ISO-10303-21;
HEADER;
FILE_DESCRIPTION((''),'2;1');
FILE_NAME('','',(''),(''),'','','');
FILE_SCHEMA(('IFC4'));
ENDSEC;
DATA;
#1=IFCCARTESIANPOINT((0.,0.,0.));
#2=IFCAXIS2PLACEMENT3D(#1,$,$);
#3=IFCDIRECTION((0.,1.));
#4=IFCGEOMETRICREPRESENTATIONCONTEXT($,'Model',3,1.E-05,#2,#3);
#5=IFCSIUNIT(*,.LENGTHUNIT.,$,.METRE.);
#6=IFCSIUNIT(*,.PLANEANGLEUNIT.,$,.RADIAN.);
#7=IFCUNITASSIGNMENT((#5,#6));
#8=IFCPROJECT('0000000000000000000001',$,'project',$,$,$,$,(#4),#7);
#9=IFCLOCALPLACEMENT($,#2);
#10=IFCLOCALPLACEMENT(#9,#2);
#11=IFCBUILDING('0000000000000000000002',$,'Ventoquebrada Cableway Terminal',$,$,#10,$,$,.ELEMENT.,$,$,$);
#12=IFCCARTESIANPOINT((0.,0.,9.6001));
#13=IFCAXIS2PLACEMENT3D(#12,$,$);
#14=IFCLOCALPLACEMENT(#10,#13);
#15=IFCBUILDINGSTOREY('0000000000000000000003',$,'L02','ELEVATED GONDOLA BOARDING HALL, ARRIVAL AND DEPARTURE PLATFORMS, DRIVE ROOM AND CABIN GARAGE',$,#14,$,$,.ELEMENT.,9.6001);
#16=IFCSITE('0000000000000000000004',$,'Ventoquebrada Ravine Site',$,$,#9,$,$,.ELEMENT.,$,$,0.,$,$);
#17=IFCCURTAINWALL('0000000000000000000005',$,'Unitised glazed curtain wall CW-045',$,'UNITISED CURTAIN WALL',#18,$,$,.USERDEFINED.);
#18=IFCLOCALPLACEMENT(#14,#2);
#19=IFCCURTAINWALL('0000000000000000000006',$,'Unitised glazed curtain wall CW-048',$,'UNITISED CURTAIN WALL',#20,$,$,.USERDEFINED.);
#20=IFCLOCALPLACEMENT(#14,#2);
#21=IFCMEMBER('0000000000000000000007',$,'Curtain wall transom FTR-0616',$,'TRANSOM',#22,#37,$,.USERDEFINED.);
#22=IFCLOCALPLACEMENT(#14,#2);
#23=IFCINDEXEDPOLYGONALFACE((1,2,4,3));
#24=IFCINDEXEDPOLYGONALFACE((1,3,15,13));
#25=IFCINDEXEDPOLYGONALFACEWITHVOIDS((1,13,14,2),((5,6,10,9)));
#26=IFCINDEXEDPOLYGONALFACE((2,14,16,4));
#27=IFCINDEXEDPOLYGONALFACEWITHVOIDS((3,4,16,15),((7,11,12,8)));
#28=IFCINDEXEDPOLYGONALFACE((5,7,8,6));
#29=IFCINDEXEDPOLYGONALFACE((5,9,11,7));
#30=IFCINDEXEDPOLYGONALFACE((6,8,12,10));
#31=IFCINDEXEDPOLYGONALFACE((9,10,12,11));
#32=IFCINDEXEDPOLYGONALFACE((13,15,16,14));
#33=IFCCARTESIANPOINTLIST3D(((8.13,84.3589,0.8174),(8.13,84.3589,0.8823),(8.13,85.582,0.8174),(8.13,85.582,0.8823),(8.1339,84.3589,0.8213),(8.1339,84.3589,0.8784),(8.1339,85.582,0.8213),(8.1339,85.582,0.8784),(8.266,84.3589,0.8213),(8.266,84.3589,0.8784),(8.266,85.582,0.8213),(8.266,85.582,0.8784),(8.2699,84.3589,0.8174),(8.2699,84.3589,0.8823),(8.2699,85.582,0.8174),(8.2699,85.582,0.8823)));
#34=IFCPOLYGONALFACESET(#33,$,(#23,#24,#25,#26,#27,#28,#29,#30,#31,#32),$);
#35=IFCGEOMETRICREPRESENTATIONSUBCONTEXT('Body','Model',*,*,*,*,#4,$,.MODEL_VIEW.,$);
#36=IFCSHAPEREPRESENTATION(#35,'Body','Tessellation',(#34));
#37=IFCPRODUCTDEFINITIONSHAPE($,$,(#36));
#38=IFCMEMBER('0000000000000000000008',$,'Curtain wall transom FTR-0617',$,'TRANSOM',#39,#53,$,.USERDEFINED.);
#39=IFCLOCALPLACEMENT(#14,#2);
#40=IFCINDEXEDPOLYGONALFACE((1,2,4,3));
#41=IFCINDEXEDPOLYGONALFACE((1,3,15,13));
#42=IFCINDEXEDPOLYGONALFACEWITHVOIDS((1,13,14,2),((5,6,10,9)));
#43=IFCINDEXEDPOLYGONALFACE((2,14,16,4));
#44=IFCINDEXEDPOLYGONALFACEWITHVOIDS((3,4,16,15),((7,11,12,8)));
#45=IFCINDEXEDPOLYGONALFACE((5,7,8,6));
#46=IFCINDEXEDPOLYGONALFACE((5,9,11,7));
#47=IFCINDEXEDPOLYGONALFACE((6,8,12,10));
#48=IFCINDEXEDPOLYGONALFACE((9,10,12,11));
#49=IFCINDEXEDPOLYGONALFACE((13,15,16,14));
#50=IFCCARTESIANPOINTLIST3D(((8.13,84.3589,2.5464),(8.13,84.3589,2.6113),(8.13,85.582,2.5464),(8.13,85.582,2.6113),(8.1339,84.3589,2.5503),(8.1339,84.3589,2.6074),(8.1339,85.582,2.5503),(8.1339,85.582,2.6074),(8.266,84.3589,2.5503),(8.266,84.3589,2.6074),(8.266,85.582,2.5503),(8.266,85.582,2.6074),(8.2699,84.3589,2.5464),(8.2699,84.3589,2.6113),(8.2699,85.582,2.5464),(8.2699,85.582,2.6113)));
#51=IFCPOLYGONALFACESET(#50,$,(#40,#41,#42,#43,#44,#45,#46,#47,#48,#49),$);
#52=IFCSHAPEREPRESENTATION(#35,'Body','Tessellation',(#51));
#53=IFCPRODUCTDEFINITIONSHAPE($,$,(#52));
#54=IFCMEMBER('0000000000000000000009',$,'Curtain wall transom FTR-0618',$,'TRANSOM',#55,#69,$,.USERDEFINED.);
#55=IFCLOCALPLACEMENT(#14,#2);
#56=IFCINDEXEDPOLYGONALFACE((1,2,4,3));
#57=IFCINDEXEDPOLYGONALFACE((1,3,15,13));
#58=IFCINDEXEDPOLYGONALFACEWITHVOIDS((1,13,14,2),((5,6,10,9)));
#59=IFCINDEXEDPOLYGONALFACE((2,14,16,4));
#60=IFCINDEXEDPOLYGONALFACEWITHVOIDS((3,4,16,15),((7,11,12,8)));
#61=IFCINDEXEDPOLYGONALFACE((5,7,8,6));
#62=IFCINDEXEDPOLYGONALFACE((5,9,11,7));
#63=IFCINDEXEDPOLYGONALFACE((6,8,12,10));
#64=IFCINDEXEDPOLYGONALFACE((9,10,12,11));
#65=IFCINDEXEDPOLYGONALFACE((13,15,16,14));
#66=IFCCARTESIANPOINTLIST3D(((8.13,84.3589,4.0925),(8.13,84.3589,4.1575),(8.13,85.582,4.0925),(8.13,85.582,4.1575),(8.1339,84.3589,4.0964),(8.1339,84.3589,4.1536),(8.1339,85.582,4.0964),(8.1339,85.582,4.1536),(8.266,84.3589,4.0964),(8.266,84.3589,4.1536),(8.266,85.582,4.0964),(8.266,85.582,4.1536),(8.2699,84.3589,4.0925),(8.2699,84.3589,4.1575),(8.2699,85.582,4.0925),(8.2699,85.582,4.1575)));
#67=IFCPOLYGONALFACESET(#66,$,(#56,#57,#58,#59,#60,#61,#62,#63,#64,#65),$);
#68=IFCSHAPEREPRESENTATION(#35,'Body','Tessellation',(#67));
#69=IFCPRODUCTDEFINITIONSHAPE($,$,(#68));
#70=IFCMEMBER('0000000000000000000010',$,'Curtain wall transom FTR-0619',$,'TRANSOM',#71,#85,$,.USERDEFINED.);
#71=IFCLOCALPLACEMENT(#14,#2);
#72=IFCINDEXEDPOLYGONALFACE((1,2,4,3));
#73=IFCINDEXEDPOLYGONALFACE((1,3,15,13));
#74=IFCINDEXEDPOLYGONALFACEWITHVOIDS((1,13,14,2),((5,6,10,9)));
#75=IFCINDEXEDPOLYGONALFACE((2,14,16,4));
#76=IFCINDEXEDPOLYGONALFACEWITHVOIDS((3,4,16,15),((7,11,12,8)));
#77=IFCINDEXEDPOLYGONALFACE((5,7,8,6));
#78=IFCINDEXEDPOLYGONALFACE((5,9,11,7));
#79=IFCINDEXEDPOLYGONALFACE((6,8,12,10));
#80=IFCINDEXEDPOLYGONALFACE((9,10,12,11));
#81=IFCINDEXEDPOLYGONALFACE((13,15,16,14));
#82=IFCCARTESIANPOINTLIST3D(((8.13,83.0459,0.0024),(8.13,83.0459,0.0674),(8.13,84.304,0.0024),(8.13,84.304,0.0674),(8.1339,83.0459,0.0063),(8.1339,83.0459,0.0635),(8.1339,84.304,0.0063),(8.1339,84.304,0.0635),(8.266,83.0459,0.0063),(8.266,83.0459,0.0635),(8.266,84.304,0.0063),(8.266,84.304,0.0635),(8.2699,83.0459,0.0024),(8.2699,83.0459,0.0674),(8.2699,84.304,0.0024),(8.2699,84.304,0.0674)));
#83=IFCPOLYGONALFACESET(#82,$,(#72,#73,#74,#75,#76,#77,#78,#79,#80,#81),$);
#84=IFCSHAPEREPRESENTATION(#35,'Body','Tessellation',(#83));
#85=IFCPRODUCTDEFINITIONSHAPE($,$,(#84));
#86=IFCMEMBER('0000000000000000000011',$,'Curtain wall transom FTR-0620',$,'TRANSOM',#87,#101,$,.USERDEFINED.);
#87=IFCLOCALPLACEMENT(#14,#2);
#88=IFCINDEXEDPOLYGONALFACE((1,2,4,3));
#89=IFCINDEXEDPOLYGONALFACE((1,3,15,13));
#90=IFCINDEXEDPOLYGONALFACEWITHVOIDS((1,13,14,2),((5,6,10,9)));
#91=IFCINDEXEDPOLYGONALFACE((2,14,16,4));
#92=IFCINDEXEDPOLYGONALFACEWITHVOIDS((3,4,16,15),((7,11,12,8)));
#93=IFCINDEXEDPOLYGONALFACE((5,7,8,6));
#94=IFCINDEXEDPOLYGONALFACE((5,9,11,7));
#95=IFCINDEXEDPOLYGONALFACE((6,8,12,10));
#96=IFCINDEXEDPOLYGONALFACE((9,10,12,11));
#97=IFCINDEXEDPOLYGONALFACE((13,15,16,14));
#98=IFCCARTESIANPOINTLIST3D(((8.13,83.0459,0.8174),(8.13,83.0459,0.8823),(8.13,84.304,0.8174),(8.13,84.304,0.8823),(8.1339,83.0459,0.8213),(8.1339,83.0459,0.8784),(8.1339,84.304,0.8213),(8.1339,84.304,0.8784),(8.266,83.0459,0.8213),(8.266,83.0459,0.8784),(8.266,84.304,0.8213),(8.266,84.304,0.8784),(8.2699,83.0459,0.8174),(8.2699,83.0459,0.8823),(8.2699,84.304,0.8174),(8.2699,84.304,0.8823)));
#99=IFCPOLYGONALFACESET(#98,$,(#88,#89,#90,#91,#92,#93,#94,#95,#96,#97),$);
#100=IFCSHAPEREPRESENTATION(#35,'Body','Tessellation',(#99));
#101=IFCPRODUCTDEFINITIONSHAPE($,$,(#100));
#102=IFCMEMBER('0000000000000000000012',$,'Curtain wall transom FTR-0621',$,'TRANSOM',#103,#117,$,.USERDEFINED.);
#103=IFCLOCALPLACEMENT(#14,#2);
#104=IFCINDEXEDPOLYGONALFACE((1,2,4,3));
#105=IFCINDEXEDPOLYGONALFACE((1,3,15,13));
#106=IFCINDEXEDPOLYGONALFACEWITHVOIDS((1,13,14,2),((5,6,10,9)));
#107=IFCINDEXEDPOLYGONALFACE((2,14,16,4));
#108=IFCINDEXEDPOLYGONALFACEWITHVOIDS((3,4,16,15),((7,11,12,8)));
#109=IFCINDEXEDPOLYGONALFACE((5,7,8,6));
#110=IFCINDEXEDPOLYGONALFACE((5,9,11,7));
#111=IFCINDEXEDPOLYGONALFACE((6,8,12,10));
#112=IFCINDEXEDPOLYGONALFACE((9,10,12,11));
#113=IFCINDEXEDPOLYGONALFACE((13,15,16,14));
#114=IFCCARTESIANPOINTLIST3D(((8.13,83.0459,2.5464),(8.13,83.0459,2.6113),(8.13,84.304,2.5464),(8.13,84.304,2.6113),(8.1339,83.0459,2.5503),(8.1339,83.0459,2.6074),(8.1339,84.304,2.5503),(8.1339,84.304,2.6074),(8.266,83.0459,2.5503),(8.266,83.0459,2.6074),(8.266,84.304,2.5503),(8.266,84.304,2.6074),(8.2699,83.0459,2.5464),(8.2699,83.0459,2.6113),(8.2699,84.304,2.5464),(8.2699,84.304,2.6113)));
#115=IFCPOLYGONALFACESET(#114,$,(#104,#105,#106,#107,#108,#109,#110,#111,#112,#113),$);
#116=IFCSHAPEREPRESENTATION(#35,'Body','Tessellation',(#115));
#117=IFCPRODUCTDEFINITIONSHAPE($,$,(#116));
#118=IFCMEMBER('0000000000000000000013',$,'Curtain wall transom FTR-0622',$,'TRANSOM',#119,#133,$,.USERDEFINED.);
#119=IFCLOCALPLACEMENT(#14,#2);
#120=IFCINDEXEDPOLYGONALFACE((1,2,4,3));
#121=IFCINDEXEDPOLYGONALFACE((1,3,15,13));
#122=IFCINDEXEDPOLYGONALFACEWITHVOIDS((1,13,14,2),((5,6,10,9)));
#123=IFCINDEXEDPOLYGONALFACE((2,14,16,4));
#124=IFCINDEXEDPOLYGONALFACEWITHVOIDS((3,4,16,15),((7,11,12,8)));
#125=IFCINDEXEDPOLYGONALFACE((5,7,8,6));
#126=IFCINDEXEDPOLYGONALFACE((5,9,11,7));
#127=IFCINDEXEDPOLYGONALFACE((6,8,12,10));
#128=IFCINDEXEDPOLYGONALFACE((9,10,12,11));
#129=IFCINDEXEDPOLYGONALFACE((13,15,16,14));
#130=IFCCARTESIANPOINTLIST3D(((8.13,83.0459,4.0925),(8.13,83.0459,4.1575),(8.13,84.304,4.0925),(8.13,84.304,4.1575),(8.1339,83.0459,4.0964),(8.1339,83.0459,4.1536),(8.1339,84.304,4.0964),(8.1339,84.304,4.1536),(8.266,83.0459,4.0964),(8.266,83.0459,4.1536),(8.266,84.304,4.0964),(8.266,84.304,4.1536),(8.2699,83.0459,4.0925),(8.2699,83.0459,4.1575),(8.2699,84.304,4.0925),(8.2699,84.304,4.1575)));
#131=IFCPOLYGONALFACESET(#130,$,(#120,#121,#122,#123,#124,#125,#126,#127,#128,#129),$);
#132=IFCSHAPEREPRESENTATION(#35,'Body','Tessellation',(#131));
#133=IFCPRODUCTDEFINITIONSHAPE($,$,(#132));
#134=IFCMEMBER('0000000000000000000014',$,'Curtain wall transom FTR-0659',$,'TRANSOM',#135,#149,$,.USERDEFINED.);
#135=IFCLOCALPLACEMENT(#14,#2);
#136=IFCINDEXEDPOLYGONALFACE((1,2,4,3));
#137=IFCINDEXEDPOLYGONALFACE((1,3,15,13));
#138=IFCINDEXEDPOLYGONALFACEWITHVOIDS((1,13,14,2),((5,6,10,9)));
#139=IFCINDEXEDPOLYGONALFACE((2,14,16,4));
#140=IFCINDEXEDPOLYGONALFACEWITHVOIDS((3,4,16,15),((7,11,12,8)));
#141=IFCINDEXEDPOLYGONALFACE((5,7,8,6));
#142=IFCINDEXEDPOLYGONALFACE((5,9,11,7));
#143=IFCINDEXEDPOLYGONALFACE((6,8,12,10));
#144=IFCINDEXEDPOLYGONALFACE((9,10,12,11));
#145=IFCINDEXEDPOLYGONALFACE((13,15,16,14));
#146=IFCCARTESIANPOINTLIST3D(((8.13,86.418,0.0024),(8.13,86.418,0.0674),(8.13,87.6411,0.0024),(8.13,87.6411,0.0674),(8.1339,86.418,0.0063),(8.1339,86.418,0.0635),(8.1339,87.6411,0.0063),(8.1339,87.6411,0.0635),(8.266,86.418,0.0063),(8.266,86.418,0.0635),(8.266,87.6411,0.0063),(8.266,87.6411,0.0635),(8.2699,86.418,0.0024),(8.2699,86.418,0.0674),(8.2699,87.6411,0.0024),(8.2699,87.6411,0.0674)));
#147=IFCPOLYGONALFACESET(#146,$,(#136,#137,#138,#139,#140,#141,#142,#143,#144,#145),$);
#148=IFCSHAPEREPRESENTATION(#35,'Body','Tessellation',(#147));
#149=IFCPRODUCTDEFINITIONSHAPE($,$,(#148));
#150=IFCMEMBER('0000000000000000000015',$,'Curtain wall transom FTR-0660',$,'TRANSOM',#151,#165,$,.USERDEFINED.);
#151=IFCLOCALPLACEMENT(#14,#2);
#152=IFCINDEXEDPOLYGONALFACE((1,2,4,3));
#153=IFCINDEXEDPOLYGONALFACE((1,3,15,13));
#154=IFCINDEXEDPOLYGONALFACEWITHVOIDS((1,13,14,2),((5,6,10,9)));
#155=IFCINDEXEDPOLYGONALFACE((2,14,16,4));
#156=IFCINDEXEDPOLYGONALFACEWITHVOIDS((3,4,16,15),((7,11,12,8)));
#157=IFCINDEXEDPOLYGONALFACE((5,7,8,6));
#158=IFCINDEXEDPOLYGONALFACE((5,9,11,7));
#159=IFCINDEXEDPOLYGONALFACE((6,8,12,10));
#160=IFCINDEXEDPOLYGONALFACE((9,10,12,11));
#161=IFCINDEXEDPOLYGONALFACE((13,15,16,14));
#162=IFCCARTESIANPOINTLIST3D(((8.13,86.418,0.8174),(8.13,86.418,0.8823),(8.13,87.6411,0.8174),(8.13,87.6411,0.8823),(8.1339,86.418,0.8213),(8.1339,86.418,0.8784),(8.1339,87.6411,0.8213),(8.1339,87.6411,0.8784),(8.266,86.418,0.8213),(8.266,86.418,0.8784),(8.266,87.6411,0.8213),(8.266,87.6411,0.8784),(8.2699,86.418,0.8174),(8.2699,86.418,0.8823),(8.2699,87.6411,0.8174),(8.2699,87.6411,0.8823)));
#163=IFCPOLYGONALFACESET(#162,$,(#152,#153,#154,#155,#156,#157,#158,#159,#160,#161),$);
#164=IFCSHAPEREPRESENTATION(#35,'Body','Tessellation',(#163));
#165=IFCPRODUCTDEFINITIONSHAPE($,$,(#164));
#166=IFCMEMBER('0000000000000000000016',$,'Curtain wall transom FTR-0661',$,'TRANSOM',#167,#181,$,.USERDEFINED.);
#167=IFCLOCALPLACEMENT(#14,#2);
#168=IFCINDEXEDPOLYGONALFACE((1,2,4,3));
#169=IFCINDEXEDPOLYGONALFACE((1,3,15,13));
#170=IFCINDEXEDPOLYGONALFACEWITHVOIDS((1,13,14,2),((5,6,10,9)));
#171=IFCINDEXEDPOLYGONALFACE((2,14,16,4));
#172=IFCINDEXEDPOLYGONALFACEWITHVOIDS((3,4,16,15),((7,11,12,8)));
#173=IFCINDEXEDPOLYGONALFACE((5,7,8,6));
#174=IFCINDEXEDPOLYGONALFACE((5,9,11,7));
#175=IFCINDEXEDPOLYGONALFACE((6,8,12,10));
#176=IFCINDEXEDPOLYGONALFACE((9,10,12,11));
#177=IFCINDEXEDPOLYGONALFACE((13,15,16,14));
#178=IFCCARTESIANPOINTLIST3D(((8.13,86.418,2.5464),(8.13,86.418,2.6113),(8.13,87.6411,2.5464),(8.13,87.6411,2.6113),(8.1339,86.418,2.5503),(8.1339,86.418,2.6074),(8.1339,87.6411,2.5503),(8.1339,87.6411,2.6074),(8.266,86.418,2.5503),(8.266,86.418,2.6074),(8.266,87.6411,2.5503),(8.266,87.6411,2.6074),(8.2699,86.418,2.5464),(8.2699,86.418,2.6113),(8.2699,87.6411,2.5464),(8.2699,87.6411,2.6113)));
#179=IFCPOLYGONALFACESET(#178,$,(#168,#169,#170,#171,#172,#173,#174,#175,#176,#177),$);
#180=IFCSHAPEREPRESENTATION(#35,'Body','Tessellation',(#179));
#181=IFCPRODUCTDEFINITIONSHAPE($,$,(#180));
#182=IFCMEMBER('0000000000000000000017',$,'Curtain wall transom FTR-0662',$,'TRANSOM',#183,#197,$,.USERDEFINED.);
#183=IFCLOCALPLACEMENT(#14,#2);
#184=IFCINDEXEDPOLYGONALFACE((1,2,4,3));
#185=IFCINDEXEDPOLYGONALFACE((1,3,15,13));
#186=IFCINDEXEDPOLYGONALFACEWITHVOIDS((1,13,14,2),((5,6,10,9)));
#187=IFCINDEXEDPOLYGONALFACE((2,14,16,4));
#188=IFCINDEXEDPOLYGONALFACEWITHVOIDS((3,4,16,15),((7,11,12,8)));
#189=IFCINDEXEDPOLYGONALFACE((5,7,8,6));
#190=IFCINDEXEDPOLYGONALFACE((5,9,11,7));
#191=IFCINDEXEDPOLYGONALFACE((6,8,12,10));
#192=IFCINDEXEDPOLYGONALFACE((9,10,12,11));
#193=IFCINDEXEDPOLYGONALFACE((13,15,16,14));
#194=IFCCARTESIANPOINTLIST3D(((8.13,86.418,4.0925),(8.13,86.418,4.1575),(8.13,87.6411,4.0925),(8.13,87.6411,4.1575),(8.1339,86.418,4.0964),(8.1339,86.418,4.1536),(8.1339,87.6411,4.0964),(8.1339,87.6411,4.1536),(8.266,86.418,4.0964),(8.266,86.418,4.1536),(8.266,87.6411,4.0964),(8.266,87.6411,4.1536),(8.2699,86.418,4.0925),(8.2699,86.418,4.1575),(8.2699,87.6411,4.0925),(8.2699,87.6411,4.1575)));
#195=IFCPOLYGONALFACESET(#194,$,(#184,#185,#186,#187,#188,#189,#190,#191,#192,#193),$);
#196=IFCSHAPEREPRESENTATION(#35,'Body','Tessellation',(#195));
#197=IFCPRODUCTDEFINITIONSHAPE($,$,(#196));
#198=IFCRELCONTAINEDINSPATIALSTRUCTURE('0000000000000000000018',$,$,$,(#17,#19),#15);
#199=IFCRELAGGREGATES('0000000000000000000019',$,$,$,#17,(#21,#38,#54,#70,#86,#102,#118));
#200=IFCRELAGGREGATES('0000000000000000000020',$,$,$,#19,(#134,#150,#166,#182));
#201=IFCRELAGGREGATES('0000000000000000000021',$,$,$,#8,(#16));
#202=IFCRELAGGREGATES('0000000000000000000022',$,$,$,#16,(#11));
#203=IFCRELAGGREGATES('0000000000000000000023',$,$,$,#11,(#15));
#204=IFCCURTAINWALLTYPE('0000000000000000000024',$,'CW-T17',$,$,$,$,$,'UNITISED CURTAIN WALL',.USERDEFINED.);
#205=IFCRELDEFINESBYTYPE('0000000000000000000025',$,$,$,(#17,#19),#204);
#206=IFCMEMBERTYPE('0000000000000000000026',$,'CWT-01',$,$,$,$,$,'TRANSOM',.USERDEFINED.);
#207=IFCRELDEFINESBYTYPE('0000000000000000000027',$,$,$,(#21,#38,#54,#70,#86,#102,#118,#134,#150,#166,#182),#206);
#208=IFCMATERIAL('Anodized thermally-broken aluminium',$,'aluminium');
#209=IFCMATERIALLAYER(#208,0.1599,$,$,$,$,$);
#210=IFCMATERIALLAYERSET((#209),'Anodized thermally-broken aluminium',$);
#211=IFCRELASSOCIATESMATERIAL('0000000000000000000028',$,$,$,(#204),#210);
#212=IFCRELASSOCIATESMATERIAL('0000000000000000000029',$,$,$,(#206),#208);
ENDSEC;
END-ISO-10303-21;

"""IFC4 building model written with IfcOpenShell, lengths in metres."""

from ifc_helpers import new_model, si_unit, direction, frame, origin, origin_2d, place, context, subcontext, project, spatial, hollow_rectangle, extrude, material, layer, layer_set, material_profile, profile_set, type_object, element, aggregate, save


model = new_model("IFC4")

# Units and contexts
model_context = context("Model", 3, precision=1e-05, world=origin(), true_north=direction((0.0, 1.0)))
body_context = subcontext(model_context, "Body", "Model", "MODEL_VIEW")
ifc_project = project(units=[si_unit("LENGTHUNIT", "METRE"), si_unit("PLANEANGLEUNIT", "RADIAN")], contexts=[model_context])

# Site, building, storey
site_placement = place(None, origin())
site = spatial("IfcSite", under=ifc_project, at=site_placement, Name="Ventoquebrada Ravine Site", CompositionType="ELEMENT", RefElevation=0.0)
building_placement = place(site_placement, origin())
building = spatial("IfcBuilding", under=site, at=building_placement, Name="Ventoquebrada Cableway Terminal", CompositionType="ELEMENT")
storey_placement = place(building_placement, frame((0.0, 0.0, 9.6001)))
storey = spatial("IfcBuildingStorey", under=building, at=storey_placement, Name="L02", Description="ELEVATED GONDOLA BOARDING HALL, ARRIVAL AND DEPARTURE PLATFORMS, DRIVE ROOM AND CABIN GARAGE", CompositionType="ELEMENT", Elevation=9.6001)

# Curtain walls
ifc_material_1 = material(Name="Anodized thermally-broken aluminium", Category="aluminium")
ifc_layer_1 = layer(ifc_material_1, 0.1599)
ifc_layer_set_1 = layer_set([ifc_layer_1], Name="Anodized thermally-broken aluminium")
curtain_wall_type = type_object("IfcCurtainWallType", Name="CW-T17", ElementType="UNITISED CURTAIN WALL", PredefinedType="USERDEFINED", material=ifc_layer_set_1)
curtain_wall_1_placement = place(storey_placement, origin())
curtain_wall_1 = element("IfcCurtainWall", 1, at=curtain_wall_1_placement, inside=storey, type_object=curtain_wall_type, Name="Unitised glazed curtain wall CW-045", ObjectType="UNITISED CURTAIN WALL", PredefinedType="USERDEFINED")
curtain_wall_2_placement = place(storey_placement, origin())
curtain_wall_2 = element("IfcCurtainWall", 2, at=curtain_wall_2_placement, inside=storey, type_object=curtain_wall_type, Name="Unitised glazed curtain wall CW-048", ObjectType="UNITISED CURTAIN WALL", PredefinedType="USERDEFINED")

# Members
ifc_material_profile_1 = material_profile(ifc_material_1, hollow_rectangle(XDim=0.0649, YDim=0.1399, WallThickness=0.0039, at=origin_2d()), Name="CW-TRN-65X140")
ifc_profile_set_1 = profile_set([ifc_material_profile_1], Name="Anodized thermally-broken aluminium")
member_type_1 = type_object("IfcMemberType", Name="CWT-01", ElementType="TRANSOM", PredefinedType="USERDEFINED", material=ifc_profile_set_1)
member_1_placement = place(storey_placement, frame((8.2, 85.582, 0.8499), z_axis=(0.0, -1.0, 0.0), x_axis=(0.0, 0.0, 1.0)))
member_1 = element("IfcMember", 3, at=member_1_placement, type_object=member_type_1, Name="Curtain wall transom FTR-0616", ObjectType="TRANSOM", PredefinedType="USERDEFINED", context=body_context, shape_type="SweptSolid", body=[
    extrude(hollow_rectangle(XDim=0.0649, YDim=0.1399, WallThickness=0.0039, at=origin_2d()), origin(), (0.0, 0.0, 1.0), 1.2231),
])
member_2_placement = place(storey_placement, frame((8.2, 85.582, 2.5789), z_axis=(0.0, -1.0, 0.0), x_axis=(0.0, 0.0, 1.0)))
member_2 = element("IfcMember", 4, at=member_2_placement, type_object=member_type_1, Name="Curtain wall transom FTR-0617", ObjectType="TRANSOM", PredefinedType="USERDEFINED", context=body_context, shape_type="SweptSolid", body=[
    extrude(hollow_rectangle(XDim=0.0649, YDim=0.1399, WallThickness=0.0039, at=origin_2d()), origin(), (0.0, 0.0, 1.0), 1.2231),
])
member_3_placement = place(storey_placement, frame((8.2, 85.582, 4.125), z_axis=(0.0, -1.0, 0.0), x_axis=(0.0, 0.0, 1.0)))
member_3 = element("IfcMember", 5, at=member_3_placement, type_object=member_type_1, Name="Curtain wall transom FTR-0618", ObjectType="TRANSOM", PredefinedType="USERDEFINED", context=body_context, shape_type="SweptSolid", body=[
    extrude(hollow_rectangle(XDim=0.0649, YDim=0.1399, WallThickness=0.0039, at=origin_2d()), origin(), (0.0, 0.0, 1.0), 1.2231),
])
member_4_placement = place(storey_placement, frame((8.2, 84.304, 0.0349), z_axis=(0.0, -1.0, 0.0), x_axis=(0.0, 0.0, 1.0)))
member_4 = element("IfcMember", 6, at=member_4_placement, type_object=member_type_1, Name="Curtain wall transom FTR-0619", ObjectType="TRANSOM", PredefinedType="USERDEFINED", context=body_context, shape_type="SweptSolid", body=[
    extrude(hollow_rectangle(XDim=0.0649, YDim=0.1399, WallThickness=0.0039, at=origin_2d()), origin(), (0.0, 0.0, 1.0), 1.2581),
])
member_5_placement = place(storey_placement, frame((8.2, 84.304, 0.8499), z_axis=(0.0, -1.0, 0.0), x_axis=(0.0, 0.0, 1.0)))
member_5 = element("IfcMember", 7, at=member_5_placement, type_object=member_type_1, Name="Curtain wall transom FTR-0620", ObjectType="TRANSOM", PredefinedType="USERDEFINED", context=body_context, shape_type="SweptSolid", body=[
    extrude(hollow_rectangle(XDim=0.0649, YDim=0.1399, WallThickness=0.0039, at=origin_2d()), origin(), (0.0, 0.0, 1.0), 1.2581),
])
member_6_placement = place(storey_placement, frame((8.2, 84.304, 2.5789), z_axis=(0.0, -1.0, 0.0), x_axis=(0.0, 0.0, 1.0)))
member_6 = element("IfcMember", 8, at=member_6_placement, type_object=member_type_1, Name="Curtain wall transom FTR-0621", ObjectType="TRANSOM", PredefinedType="USERDEFINED", context=body_context, shape_type="SweptSolid", body=[
    extrude(hollow_rectangle(XDim=0.0649, YDim=0.1399, WallThickness=0.0039, at=origin_2d()), origin(), (0.0, 0.0, 1.0), 1.2581),
])
member_7_placement = place(storey_placement, frame((8.2, 84.304, 4.125), z_axis=(0.0, -1.0, 0.0), x_axis=(0.0, 0.0, 1.0)))
member_7 = element("IfcMember", 9, at=member_7_placement, type_object=member_type_1, Name="Curtain wall transom FTR-0622", ObjectType="TRANSOM", PredefinedType="USERDEFINED", context=body_context, shape_type="SweptSolid", body=[
    extrude(hollow_rectangle(XDim=0.0649, YDim=0.1399, WallThickness=0.0039, at=origin_2d()), origin(), (0.0, 0.0, 1.0), 1.2581),
])
member_8_placement = place(storey_placement, frame((8.2, 87.6411, 0.0349), z_axis=(0.0, -1.0, 0.0), x_axis=(0.0, 0.0, 1.0)))
member_8 = element("IfcMember", 10, at=member_8_placement, type_object=member_type_1, Name="Curtain wall transom FTR-0659", ObjectType="TRANSOM", PredefinedType="USERDEFINED", context=body_context, shape_type="SweptSolid", body=[
    extrude(hollow_rectangle(XDim=0.0649, YDim=0.1399, WallThickness=0.0039, at=origin_2d()), origin(), (0.0, 0.0, 1.0), 1.2231),
])
member_9_placement = place(storey_placement, frame((8.2, 87.6411, 0.8499), z_axis=(0.0, -1.0, 0.0), x_axis=(0.0, 0.0, 1.0)))
member_9 = element("IfcMember", 11, at=member_9_placement, type_object=member_type_1, Name="Curtain wall transom FTR-0660", ObjectType="TRANSOM", PredefinedType="USERDEFINED", context=body_context, shape_type="SweptSolid", body=[
    extrude(hollow_rectangle(XDim=0.0649, YDim=0.1399, WallThickness=0.0039, at=origin_2d()), origin(), (0.0, 0.0, 1.0), 1.2231),
])
member_10_placement = place(storey_placement, frame((8.2, 87.6411, 2.5789), z_axis=(0.0, -1.0, 0.0), x_axis=(0.0, 0.0, 1.0)))
member_10 = element("IfcMember", 12, at=member_10_placement, type_object=member_type_1, Name="Curtain wall transom FTR-0661", ObjectType="TRANSOM", PredefinedType="USERDEFINED", context=body_context, shape_type="SweptSolid", body=[
    extrude(hollow_rectangle(XDim=0.0649, YDim=0.1399, WallThickness=0.0039, at=origin_2d()), origin(), (0.0, 0.0, 1.0), 1.2231),
])
member_11_placement = place(storey_placement, frame((8.2, 87.6411, 4.125), z_axis=(0.0, -1.0, 0.0), x_axis=(0.0, 0.0, 1.0)))
member_11 = element("IfcMember", 13, at=member_11_placement, type_object=member_type_1, Name="Curtain wall transom FTR-0662", ObjectType="TRANSOM", PredefinedType="USERDEFINED", context=body_context, shape_type="SweptSolid", body=[
    extrude(hollow_rectangle(XDim=0.0649, YDim=0.1399, WallThickness=0.0039, at=origin_2d()), origin(), (0.0, 0.0, 1.0), 1.2231),
])

aggregate(curtain_wall_1, [member_1, member_2, member_3, member_4, member_5, member_6, member_7])
aggregate(curtain_wall_2, [member_8, member_9, member_10, member_11])

save(model, "model.ifc")
